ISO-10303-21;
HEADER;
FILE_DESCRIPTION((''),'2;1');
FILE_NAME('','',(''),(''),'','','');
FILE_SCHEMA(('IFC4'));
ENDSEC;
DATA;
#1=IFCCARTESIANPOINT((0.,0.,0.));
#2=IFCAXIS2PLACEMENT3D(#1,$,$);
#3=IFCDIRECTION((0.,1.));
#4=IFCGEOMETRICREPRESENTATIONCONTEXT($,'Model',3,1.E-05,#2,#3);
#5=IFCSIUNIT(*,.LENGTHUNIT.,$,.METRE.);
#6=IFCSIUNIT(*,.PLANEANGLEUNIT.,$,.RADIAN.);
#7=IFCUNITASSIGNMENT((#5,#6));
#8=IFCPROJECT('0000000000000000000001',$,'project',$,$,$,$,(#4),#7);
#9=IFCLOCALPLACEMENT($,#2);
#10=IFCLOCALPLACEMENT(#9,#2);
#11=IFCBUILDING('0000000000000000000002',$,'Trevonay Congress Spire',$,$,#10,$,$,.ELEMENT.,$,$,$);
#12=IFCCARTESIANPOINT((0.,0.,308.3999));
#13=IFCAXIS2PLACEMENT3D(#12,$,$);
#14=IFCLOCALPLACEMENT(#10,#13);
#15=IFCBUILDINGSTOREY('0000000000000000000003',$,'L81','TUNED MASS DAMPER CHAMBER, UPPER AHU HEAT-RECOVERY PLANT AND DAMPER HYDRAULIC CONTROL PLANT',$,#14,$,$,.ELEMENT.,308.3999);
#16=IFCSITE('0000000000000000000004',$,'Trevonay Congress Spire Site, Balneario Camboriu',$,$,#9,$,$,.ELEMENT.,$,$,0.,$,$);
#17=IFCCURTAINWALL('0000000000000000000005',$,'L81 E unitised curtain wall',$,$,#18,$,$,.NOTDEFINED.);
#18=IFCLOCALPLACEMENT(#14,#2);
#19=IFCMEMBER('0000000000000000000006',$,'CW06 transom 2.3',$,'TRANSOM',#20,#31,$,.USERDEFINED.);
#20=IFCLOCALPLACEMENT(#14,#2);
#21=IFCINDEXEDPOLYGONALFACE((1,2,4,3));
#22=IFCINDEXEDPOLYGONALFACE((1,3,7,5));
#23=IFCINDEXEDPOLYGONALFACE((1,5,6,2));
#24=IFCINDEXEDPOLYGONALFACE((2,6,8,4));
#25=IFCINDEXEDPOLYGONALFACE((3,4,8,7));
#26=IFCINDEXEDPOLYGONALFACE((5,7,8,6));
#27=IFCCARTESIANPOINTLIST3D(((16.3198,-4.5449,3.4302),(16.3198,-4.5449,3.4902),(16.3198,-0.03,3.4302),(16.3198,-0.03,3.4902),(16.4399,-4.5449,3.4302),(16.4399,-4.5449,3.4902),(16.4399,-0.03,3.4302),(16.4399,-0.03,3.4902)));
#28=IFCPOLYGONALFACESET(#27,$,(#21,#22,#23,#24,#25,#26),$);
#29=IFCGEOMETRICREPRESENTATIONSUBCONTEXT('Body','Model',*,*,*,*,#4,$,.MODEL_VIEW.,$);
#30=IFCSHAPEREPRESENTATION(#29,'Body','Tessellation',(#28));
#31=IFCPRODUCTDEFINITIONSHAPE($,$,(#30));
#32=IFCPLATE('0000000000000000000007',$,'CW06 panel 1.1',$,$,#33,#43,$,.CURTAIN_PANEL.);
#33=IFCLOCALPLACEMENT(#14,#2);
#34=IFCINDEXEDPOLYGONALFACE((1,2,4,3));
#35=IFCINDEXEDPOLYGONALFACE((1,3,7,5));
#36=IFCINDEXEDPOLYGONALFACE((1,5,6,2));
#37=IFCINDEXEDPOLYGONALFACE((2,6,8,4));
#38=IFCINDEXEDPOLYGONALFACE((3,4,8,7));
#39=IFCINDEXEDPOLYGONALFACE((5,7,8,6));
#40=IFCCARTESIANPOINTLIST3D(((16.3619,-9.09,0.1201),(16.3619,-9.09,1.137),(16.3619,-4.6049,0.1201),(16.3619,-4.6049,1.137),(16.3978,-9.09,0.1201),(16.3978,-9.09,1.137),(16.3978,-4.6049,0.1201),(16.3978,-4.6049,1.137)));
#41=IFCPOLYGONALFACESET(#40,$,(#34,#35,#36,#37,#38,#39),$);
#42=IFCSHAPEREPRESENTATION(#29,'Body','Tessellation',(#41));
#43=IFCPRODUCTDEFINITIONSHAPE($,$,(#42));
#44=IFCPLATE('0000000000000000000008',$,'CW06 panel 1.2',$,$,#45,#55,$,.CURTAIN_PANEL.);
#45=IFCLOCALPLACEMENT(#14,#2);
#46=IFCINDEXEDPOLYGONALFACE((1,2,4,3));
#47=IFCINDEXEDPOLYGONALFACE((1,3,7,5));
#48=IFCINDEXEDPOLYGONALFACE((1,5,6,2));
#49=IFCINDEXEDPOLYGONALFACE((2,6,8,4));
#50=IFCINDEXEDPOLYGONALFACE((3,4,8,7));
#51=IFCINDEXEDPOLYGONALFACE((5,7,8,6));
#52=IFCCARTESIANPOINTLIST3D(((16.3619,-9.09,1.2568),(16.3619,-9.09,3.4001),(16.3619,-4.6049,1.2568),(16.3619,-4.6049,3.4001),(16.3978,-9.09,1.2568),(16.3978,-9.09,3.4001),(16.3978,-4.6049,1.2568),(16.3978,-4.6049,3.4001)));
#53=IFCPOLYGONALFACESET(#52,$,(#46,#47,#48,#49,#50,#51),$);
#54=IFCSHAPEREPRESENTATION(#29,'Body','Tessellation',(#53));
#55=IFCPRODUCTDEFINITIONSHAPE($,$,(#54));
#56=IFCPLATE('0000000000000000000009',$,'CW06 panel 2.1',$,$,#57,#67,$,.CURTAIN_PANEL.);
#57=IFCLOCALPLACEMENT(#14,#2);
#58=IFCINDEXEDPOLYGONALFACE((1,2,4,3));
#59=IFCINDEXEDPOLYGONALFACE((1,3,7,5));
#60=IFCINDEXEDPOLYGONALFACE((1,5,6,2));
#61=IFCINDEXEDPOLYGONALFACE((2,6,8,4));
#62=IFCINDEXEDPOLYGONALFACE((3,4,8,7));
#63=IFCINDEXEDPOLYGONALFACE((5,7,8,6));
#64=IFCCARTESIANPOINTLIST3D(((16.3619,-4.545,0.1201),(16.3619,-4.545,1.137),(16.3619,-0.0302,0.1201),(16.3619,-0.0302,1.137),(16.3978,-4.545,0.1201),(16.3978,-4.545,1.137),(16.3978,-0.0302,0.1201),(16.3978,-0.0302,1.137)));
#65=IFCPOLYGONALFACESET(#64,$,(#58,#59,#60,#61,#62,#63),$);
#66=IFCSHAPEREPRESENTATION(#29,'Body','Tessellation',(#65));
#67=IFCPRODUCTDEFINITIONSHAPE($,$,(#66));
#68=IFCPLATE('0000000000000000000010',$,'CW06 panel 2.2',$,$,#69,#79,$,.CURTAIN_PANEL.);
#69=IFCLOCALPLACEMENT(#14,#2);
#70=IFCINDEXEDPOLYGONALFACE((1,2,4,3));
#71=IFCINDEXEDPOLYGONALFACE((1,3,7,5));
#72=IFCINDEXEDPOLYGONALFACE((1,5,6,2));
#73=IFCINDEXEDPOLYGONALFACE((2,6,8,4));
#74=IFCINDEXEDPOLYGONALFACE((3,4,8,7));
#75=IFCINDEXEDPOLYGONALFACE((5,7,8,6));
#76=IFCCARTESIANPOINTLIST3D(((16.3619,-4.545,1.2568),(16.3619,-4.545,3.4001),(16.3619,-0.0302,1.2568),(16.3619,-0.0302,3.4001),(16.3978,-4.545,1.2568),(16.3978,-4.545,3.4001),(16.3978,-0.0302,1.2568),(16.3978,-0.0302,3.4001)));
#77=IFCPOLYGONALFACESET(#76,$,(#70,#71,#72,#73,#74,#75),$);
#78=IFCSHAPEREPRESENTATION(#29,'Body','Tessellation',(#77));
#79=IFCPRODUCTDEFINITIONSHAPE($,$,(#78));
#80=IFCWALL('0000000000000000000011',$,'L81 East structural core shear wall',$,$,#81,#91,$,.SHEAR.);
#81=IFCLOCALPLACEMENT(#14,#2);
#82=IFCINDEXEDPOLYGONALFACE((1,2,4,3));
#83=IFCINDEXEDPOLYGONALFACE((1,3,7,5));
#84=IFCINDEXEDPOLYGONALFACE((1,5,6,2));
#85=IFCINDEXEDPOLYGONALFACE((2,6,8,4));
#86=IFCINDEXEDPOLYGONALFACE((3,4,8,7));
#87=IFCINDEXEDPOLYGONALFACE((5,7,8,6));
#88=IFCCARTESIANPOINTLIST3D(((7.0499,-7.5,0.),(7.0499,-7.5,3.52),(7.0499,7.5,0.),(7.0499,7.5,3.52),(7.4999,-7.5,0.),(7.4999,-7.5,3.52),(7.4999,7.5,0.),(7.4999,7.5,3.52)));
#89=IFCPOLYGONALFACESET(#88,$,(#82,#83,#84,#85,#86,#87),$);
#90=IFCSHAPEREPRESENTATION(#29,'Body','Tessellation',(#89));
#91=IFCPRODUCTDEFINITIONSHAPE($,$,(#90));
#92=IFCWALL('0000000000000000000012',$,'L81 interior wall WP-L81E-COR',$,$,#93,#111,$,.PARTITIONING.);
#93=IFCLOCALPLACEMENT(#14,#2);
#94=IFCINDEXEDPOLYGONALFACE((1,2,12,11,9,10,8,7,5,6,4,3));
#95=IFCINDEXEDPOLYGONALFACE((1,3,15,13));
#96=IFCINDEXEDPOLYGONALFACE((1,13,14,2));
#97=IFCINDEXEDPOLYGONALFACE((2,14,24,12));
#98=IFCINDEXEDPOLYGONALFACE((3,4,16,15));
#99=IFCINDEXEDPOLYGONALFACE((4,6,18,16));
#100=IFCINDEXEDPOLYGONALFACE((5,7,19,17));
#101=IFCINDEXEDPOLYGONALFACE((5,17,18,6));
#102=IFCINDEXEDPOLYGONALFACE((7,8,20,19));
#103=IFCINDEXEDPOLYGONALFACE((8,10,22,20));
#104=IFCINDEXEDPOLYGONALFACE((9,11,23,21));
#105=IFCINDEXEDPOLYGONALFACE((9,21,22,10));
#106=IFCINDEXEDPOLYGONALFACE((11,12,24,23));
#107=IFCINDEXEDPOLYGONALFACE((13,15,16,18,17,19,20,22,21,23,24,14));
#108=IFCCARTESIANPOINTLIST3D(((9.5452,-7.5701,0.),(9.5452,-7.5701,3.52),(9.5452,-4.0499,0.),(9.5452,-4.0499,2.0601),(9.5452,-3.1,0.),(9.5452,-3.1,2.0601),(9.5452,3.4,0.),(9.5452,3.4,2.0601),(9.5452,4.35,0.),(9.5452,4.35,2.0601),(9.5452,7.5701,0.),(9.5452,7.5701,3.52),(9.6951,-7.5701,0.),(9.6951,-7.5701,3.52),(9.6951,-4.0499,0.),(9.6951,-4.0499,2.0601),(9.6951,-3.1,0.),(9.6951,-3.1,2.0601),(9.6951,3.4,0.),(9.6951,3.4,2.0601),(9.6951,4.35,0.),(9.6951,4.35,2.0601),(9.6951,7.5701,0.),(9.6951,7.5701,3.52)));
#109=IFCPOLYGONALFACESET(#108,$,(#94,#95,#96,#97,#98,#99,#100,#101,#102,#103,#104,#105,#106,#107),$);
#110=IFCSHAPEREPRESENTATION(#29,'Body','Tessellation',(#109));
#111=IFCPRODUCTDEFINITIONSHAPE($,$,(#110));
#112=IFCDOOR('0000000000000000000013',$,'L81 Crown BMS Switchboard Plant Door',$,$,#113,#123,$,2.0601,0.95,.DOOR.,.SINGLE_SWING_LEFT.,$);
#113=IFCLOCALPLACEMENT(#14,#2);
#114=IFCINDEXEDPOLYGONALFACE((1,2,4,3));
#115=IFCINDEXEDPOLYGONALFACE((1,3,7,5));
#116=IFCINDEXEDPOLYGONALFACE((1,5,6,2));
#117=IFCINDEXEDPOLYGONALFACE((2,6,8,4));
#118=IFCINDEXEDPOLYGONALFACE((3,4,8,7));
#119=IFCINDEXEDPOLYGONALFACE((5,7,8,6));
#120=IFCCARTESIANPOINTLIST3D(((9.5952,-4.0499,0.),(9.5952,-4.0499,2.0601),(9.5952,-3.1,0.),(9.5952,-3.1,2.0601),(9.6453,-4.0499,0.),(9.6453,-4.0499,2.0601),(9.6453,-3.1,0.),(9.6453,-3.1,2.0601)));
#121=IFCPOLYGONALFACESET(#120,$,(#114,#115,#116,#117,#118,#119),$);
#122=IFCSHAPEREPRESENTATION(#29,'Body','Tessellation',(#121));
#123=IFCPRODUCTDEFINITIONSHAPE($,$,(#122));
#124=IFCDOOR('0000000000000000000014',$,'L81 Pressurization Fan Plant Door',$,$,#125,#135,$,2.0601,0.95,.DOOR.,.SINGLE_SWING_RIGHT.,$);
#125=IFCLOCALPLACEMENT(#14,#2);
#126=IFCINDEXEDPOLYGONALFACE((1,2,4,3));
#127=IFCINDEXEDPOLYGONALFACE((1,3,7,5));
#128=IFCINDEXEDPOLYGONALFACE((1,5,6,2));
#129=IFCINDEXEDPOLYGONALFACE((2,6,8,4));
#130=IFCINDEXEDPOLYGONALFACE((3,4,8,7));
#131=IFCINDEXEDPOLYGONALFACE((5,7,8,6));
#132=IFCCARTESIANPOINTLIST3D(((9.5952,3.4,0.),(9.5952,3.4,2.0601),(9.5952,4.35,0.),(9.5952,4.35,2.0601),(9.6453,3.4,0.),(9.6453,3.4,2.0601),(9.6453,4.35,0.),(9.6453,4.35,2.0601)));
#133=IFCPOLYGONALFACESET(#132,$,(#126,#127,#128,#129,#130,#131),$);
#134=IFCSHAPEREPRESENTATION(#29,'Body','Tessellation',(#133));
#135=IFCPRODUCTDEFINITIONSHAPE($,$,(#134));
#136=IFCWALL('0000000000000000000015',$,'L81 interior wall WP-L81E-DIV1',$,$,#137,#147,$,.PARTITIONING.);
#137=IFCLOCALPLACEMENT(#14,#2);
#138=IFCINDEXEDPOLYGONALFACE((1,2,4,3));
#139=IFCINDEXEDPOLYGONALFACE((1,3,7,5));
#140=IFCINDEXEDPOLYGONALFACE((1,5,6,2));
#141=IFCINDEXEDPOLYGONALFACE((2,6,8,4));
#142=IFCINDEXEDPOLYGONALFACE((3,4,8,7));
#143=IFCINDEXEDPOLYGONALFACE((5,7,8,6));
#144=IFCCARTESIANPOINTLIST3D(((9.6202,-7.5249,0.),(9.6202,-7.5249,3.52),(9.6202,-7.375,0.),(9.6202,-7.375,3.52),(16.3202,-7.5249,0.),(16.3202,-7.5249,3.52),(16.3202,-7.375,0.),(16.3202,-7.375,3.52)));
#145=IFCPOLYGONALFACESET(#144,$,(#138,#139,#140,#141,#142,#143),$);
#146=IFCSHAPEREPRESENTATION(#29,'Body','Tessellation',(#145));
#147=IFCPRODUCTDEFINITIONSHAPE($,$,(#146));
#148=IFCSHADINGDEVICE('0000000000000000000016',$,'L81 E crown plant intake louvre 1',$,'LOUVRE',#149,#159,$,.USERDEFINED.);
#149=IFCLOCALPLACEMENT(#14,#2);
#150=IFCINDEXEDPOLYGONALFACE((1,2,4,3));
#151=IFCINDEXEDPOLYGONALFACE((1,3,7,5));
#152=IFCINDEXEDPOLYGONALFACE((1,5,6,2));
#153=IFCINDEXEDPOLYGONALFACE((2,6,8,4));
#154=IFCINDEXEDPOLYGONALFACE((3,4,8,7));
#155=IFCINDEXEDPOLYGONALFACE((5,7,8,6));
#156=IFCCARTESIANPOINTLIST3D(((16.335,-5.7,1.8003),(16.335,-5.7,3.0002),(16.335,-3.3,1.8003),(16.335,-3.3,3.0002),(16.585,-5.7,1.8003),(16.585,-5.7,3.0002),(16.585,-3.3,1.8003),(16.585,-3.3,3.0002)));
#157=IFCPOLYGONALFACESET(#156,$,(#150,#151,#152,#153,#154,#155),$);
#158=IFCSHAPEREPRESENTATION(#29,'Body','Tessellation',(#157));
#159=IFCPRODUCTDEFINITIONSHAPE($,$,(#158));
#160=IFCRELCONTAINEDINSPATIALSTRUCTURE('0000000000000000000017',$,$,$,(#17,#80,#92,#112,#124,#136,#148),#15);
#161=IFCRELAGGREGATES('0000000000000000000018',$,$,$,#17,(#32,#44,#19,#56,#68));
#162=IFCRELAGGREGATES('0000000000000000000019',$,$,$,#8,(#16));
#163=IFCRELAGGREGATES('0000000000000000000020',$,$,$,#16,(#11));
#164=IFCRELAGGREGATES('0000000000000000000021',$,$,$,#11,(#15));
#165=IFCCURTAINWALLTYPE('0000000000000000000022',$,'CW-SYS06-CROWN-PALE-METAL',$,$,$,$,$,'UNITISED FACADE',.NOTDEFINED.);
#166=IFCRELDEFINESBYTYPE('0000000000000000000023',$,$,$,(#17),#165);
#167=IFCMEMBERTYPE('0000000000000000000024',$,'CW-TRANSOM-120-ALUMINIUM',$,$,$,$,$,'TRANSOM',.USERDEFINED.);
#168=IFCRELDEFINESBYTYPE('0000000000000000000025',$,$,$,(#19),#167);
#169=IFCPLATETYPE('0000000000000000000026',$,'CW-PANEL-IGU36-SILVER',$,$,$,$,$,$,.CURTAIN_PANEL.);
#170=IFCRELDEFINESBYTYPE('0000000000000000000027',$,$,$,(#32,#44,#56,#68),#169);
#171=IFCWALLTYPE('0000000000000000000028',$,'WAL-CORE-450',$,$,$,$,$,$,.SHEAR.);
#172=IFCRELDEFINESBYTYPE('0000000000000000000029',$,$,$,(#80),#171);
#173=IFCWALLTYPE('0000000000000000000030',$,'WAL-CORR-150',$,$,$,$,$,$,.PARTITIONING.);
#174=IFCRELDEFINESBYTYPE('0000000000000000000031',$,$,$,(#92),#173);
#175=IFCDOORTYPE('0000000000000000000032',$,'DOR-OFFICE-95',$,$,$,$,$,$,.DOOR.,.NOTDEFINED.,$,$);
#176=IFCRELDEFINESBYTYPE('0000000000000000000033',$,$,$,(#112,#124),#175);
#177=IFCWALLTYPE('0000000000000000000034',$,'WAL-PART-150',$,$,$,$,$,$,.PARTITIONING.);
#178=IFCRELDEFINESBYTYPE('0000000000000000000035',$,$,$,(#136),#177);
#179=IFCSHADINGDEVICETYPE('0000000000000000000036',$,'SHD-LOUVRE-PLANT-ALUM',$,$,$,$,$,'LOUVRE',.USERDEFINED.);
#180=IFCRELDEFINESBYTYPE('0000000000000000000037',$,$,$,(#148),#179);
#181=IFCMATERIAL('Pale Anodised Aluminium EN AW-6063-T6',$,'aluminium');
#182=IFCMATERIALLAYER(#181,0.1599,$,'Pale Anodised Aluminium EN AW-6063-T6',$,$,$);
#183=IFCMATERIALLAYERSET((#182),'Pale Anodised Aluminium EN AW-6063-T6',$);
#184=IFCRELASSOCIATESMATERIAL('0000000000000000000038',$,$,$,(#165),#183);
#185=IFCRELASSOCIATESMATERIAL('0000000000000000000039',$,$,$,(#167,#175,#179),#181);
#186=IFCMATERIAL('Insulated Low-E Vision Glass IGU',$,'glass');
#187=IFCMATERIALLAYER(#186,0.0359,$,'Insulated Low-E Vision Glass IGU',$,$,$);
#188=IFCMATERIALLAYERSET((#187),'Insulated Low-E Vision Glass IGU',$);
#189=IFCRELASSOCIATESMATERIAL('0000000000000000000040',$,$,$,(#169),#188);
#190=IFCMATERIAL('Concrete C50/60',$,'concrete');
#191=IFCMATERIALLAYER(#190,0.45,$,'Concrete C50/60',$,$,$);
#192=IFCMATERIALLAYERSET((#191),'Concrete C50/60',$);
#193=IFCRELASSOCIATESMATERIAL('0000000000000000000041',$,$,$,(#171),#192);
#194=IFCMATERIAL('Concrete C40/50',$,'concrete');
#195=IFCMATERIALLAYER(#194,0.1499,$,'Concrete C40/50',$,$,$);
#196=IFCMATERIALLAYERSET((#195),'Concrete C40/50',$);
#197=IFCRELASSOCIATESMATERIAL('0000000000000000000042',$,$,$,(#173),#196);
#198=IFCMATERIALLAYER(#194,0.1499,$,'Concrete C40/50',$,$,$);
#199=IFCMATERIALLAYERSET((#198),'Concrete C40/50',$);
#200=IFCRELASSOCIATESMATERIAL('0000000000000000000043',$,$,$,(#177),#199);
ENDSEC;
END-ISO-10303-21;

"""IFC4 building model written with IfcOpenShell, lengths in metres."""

from ifc_helpers import new_model, si_unit, direction, frame, frame_2d, origin, origin_2d, place, context, subcontext, project, spatial, rectangle, extrude, material, layer, layer_set, material_profile, profile_set, type_object, element, fill, aggregate, save


model = new_model("IFC4")

# Units and contexts
model_context = context("Model", 3, precision=1e-05, world=origin(), true_north=direction((0.0, 1.0)))
body_context = subcontext(model_context, "Body", "Model", "MODEL_VIEW")
ifc_project = project(units=[si_unit("LENGTHUNIT", "METRE"), si_unit("PLANEANGLEUNIT", "RADIAN")], contexts=[model_context])

# Site, building, storey
site_placement = place(None, origin())
site = spatial("IfcSite", under=ifc_project, at=site_placement, Name="Trevonay Congress Spire Site, Balneario Camboriu", CompositionType="ELEMENT", RefElevation=0.0)
building_placement = place(site_placement, origin())
building = spatial("IfcBuilding", under=site, at=building_placement, Name="Trevonay Congress Spire", CompositionType="ELEMENT")
storey_placement = place(building_placement, frame((0.0, 0.0, 308.3999)))
storey = spatial("IfcBuildingStorey", under=building, at=storey_placement, Name="L81", Description="TUNED MASS DAMPER CHAMBER, UPPER AHU HEAT-RECOVERY PLANT AND DAMPER HYDRAULIC CONTROL PLANT", CompositionType="ELEMENT", Elevation=308.3999)

# Curtain wall, member, plates
ifc_material_1 = material(Name="Pale Anodised Aluminium EN AW-6063-T6", Category="aluminium")
ifc_layer_1 = layer(ifc_material_1, 0.1599, Name="Pale Anodised Aluminium EN AW-6063-T6")
ifc_layer_set_1 = layer_set([ifc_layer_1], Name="Pale Anodised Aluminium EN AW-6063-T6")
curtain_wall_type = type_object("IfcCurtainWallType", Name="CW-SYS06-CROWN-PALE-METAL", ElementType="UNITISED FACADE", PredefinedType="NOTDEFINED", material=ifc_layer_set_1)
curtain_wall_placement = place(storey_placement, origin())
curtain_wall = element("IfcCurtainWall", 1, at=curtain_wall_placement, inside=storey, type_object=curtain_wall_type, Name="L81 E unitised curtain wall", PredefinedType="NOTDEFINED")
ifc_material_profile_1 = material_profile(ifc_material_1, rectangle(XDim=0.1201, YDim=0.0601, at=origin_2d()), Name="CW-TRANSOM-120-ALUMINIUM")
ifc_profile_set_1 = profile_set([ifc_material_profile_1], Name="Pale Anodised Aluminium EN AW-6063-T6")
member_type_1 = type_object("IfcMemberType", Name="CW-TRANSOM-120-ALUMINIUM", ElementType="TRANSOM", PredefinedType="USERDEFINED", material=ifc_profile_set_1)
member_1_placement = place(storey_placement, frame((16.3799, -4.5449, 3.4602), z_axis=(0.0, 1.0, 0.0), x_axis=(-1.0, 0.0, 0.0)))
member_1 = element("IfcMember", 2, at=member_1_placement, type_object=member_type_1, Name="CW06 transom 2.3", ObjectType="TRANSOM", PredefinedType="USERDEFINED", context=body_context, shape_type="SweptSolid", body=[
    extrude(rectangle(XDim=0.1201, YDim=0.0601, at=origin_2d()), origin(), (0.0, 0.0, 1.0), 4.5149),
])
ifc_material_2 = material(Name="Insulated Low-E Vision Glass IGU", Category="glass")
ifc_layer_2 = layer(ifc_material_2, 0.0359, Name="Insulated Low-E Vision Glass IGU")
ifc_layer_set_2 = layer_set([ifc_layer_2], Name="Insulated Low-E Vision Glass IGU")
plate_type = type_object("IfcPlateType", Name="CW-PANEL-IGU36-SILVER", PredefinedType="CURTAIN_PANEL", material=ifc_layer_set_2)
plate_1_placement = place(storey_placement, frame((16.3799, -6.8474, 0.1201), z_axis=(0.0, 0.0, 1.0), x_axis=(0.0, 1.0, 0.0)))
plate_1 = element("IfcPlate", 3, at=plate_1_placement, type_object=plate_type, Name="CW06 panel 1.1", PredefinedType="CURTAIN_PANEL", context=body_context, shape_type="SweptSolid", body=[
    extrude(rectangle(XDim=4.4851, YDim=0.0359, at=origin_2d()), origin(), (0.0, 0.0, 1.0), 1.0168),
])
plate_2_placement = place(storey_placement, frame((16.3799, -6.8474, 1.2568), z_axis=(0.0, 0.0, 1.0), x_axis=(0.0, 1.0, 0.0)))
plate_2 = element("IfcPlate", 4, at=plate_2_placement, type_object=plate_type, Name="CW06 panel 1.2", PredefinedType="CURTAIN_PANEL", context=body_context, shape_type="SweptSolid", body=[
    extrude(rectangle(XDim=4.4851, YDim=0.0359, at=origin_2d()), origin(), (0.0, 0.0, 1.0), 2.1433),
])
plate_3_placement = place(storey_placement, frame((16.3799, -2.2876, 0.1201), z_axis=(0.0, 0.0, 1.0), x_axis=(0.0, 1.0, 0.0)))
plate_3 = element("IfcPlate", 5, at=plate_3_placement, type_object=plate_type, Name="CW06 panel 2.1", PredefinedType="CURTAIN_PANEL", context=body_context, shape_type="SweptSolid", body=[
    extrude(rectangle(XDim=4.5149, YDim=0.0359, at=origin_2d()), origin(), (0.0, 0.0, 1.0), 1.0168),
])
plate_4_placement = place(storey_placement, frame((16.3799, -2.2876, 1.2568), z_axis=(0.0, 0.0, 1.0), x_axis=(0.0, 1.0, 0.0)))
plate_4 = element("IfcPlate", 6, at=plate_4_placement, type_object=plate_type, Name="CW06 panel 2.2", PredefinedType="CURTAIN_PANEL", context=body_context, shape_type="SweptSolid", body=[
    extrude(rectangle(XDim=4.5149, YDim=0.0359, at=origin_2d()), origin(), (0.0, 0.0, 1.0), 2.1433),
])
aggregate(curtain_wall, [plate_1, plate_2, member_1, plate_3, plate_4])

# Wall
ifc_material_3 = material(Name="Concrete C50/60", Category="concrete")
ifc_layer_3 = layer(ifc_material_3, 0.45, Name="Concrete C50/60")
ifc_layer_set_3 = layer_set([ifc_layer_3], Name="Concrete C50/60")
wall_type_1 = type_object("IfcWallType", Name="WAL-CORE-450", PredefinedType="SHEAR", material=ifc_layer_set_3)
wall_1_placement = place(storey_placement, frame((7.2749, -7.5, 0.0), z_axis=(0.0, 0.0, 1.0), x_axis=(0.0, 1.0, 0.0)))
element("IfcWall", 7, at=wall_1_placement, inside=storey, type_object=wall_type_1, Name="L81 East structural core shear wall", PredefinedType="SHEAR", context=body_context, shape_type="SweptSolid", body=[
    extrude(rectangle(XDim=15.0, YDim=0.45, at=frame_2d((7.5, 0.0))), origin(), (0.0, 0.0, 1.0), 3.52),
])

# Wall, openings, doors
ifc_material_4 = material(Name="Concrete C40/50", Category="concrete")
ifc_layer_4 = layer(ifc_material_4, 0.1499, Name="Concrete C40/50")
ifc_layer_set_4 = layer_set([ifc_layer_4], Name="Concrete C40/50")
wall_type_2 = type_object("IfcWallType", Name="WAL-CORR-150", PredefinedType="PARTITIONING", material=ifc_layer_set_4)
wall_2_placement = place(storey_placement, frame((9.6201, -7.5701, 0.0), z_axis=(0.0, 0.0, 1.0), x_axis=(0.0, 1.0, 0.0)))
wall_2 = element("IfcWall", 8, at=wall_2_placement, inside=storey, type_object=wall_type_2, Name="L81 interior wall WP-L81E-COR", PredefinedType="PARTITIONING", context=body_context, shape_type="SweptSolid", body=[
    extrude(rectangle(XDim=15.1401, YDim=0.1499, at=frame_2d((7.5701, 0.0))), origin(), (0.0, 0.0, 1.0), 3.52),
])
opening_1_placement = place(wall_2_placement, frame((3.52, 0.0, 0.0)))
opening_1 = element("IfcOpeningElement", 9, at=opening_1_placement, cuts=wall_2, PredefinedType="OPENING", context=body_context, shape_type="SweptSolid", body=[
    extrude(rectangle(XDim=0.95, YDim=2.0601, at=frame_2d((0.4751, 1.03))), frame((0.0, 0.085, 0.0), z_axis=(0.0, -1.0, 0.0), x_axis=(1.0, 0.0, 0.0)), (0.0, 0.0, 1.0), 0.1699),
])
opening_2_placement = place(wall_2_placement, frame((10.97, 0.0, 0.0)))
opening_2 = element("IfcOpeningElement", 10, at=opening_2_placement, cuts=wall_2, PredefinedType="OPENING", context=body_context, shape_type="SweptSolid", body=[
    extrude(rectangle(XDim=0.95, YDim=2.0601, at=frame_2d((0.4751, 1.03))), frame((0.0, 0.085, 0.0), z_axis=(0.0, -1.0, 0.0), x_axis=(1.0, 0.0, 0.0)), (0.0, 0.0, 1.0), 0.1699),
])
door_type = type_object("IfcDoorType", Name="DOR-OFFICE-95", OperationType="NOTDEFINED", PredefinedType="DOOR", material=ifc_material_1)
door_1_placement = place(opening_1_placement, origin())
door_1 = element("IfcDoor", 11, at=door_1_placement, inside=storey, type_object=door_type, Name="L81 Crown BMS Switchboard Plant Door", OperationType="SINGLE_SWING_LEFT", OverallHeight=2.0601, OverallWidth=0.95, PredefinedType="DOOR", context=body_context, shape_type="SweptSolid", body=[
    extrude(rectangle(XDim=0.95, YDim=2.0601, at=frame_2d((0.4751, 1.03))), frame((0.0, 0.0249, 0.0), z_axis=(0.0, -1.0, 0.0), x_axis=(1.0, 0.0, 0.0)), (0.0, 0.0, 1.0), 0.05),
])
fill(opening_1, door_1)
door_2_placement = place(opening_2_placement, origin())
door_2 = element("IfcDoor", 12, at=door_2_placement, inside=storey, type_object=door_type, Name="L81 Pressurization Fan Plant Door", OperationType="SINGLE_SWING_RIGHT", OverallHeight=2.0601, OverallWidth=0.95, PredefinedType="DOOR", context=body_context, shape_type="SweptSolid", body=[
    extrude(rectangle(XDim=0.95, YDim=2.0601, at=frame_2d((0.4751, 1.03))), frame((0.0, 0.0249, 0.0), z_axis=(0.0, -1.0, 0.0), x_axis=(1.0, 0.0, 0.0)), (0.0, 0.0, 1.0), 0.05),
])
fill(opening_2, door_2)

# Wall
ifc_layer_5 = layer(ifc_material_4, 0.1499, Name="Concrete C40/50")
ifc_layer_set_5 = layer_set([ifc_layer_5], Name="Concrete C40/50")
wall_type_3 = type_object("IfcWallType", Name="WAL-PART-150", PredefinedType="PARTITIONING", material=ifc_layer_set_5)
wall_3_placement = place(storey_placement, frame((9.6201, -7.45, 0.0), z_axis=(0.0, 0.0, 1.0), x_axis=(1.0, 0.0, 0.0)))
element("IfcWall", 13, at=wall_3_placement, inside=storey, type_object=wall_type_3, Name="L81 interior wall WP-L81E-DIV1", PredefinedType="PARTITIONING", context=body_context, shape_type="SweptSolid", body=[
    extrude(rectangle(XDim=6.7, YDim=0.1499, at=frame_2d((3.3501, 0.0))), origin(), (0.0, 0.0, 1.0), 3.52),
])

# Shading device
shading_device_type = type_object("IfcShadingDeviceType", Name="SHD-LOUVRE-PLANT-ALUM", ElementType="LOUVRE", PredefinedType="USERDEFINED", material=ifc_material_1)
shading_device_placement = place(storey_placement, frame((16.46, -4.5, 1.8003), z_axis=(0.0, 0.0, 1.0), x_axis=(0.0, 1.0, 0.0)))
element("IfcShadingDevice", 14, at=shading_device_placement, inside=storey, type_object=shading_device_type, Name="L81 E crown plant intake louvre 1", ObjectType="LOUVRE", PredefinedType="USERDEFINED", context=body_context, shape_type="SweptSolid", body=[
    extrude(rectangle(XDim=2.3999, YDim=0.25, at=origin_2d()), origin(), (0.0, 0.0, 1.0), 1.2),
])

save(model, "model.ifc")
